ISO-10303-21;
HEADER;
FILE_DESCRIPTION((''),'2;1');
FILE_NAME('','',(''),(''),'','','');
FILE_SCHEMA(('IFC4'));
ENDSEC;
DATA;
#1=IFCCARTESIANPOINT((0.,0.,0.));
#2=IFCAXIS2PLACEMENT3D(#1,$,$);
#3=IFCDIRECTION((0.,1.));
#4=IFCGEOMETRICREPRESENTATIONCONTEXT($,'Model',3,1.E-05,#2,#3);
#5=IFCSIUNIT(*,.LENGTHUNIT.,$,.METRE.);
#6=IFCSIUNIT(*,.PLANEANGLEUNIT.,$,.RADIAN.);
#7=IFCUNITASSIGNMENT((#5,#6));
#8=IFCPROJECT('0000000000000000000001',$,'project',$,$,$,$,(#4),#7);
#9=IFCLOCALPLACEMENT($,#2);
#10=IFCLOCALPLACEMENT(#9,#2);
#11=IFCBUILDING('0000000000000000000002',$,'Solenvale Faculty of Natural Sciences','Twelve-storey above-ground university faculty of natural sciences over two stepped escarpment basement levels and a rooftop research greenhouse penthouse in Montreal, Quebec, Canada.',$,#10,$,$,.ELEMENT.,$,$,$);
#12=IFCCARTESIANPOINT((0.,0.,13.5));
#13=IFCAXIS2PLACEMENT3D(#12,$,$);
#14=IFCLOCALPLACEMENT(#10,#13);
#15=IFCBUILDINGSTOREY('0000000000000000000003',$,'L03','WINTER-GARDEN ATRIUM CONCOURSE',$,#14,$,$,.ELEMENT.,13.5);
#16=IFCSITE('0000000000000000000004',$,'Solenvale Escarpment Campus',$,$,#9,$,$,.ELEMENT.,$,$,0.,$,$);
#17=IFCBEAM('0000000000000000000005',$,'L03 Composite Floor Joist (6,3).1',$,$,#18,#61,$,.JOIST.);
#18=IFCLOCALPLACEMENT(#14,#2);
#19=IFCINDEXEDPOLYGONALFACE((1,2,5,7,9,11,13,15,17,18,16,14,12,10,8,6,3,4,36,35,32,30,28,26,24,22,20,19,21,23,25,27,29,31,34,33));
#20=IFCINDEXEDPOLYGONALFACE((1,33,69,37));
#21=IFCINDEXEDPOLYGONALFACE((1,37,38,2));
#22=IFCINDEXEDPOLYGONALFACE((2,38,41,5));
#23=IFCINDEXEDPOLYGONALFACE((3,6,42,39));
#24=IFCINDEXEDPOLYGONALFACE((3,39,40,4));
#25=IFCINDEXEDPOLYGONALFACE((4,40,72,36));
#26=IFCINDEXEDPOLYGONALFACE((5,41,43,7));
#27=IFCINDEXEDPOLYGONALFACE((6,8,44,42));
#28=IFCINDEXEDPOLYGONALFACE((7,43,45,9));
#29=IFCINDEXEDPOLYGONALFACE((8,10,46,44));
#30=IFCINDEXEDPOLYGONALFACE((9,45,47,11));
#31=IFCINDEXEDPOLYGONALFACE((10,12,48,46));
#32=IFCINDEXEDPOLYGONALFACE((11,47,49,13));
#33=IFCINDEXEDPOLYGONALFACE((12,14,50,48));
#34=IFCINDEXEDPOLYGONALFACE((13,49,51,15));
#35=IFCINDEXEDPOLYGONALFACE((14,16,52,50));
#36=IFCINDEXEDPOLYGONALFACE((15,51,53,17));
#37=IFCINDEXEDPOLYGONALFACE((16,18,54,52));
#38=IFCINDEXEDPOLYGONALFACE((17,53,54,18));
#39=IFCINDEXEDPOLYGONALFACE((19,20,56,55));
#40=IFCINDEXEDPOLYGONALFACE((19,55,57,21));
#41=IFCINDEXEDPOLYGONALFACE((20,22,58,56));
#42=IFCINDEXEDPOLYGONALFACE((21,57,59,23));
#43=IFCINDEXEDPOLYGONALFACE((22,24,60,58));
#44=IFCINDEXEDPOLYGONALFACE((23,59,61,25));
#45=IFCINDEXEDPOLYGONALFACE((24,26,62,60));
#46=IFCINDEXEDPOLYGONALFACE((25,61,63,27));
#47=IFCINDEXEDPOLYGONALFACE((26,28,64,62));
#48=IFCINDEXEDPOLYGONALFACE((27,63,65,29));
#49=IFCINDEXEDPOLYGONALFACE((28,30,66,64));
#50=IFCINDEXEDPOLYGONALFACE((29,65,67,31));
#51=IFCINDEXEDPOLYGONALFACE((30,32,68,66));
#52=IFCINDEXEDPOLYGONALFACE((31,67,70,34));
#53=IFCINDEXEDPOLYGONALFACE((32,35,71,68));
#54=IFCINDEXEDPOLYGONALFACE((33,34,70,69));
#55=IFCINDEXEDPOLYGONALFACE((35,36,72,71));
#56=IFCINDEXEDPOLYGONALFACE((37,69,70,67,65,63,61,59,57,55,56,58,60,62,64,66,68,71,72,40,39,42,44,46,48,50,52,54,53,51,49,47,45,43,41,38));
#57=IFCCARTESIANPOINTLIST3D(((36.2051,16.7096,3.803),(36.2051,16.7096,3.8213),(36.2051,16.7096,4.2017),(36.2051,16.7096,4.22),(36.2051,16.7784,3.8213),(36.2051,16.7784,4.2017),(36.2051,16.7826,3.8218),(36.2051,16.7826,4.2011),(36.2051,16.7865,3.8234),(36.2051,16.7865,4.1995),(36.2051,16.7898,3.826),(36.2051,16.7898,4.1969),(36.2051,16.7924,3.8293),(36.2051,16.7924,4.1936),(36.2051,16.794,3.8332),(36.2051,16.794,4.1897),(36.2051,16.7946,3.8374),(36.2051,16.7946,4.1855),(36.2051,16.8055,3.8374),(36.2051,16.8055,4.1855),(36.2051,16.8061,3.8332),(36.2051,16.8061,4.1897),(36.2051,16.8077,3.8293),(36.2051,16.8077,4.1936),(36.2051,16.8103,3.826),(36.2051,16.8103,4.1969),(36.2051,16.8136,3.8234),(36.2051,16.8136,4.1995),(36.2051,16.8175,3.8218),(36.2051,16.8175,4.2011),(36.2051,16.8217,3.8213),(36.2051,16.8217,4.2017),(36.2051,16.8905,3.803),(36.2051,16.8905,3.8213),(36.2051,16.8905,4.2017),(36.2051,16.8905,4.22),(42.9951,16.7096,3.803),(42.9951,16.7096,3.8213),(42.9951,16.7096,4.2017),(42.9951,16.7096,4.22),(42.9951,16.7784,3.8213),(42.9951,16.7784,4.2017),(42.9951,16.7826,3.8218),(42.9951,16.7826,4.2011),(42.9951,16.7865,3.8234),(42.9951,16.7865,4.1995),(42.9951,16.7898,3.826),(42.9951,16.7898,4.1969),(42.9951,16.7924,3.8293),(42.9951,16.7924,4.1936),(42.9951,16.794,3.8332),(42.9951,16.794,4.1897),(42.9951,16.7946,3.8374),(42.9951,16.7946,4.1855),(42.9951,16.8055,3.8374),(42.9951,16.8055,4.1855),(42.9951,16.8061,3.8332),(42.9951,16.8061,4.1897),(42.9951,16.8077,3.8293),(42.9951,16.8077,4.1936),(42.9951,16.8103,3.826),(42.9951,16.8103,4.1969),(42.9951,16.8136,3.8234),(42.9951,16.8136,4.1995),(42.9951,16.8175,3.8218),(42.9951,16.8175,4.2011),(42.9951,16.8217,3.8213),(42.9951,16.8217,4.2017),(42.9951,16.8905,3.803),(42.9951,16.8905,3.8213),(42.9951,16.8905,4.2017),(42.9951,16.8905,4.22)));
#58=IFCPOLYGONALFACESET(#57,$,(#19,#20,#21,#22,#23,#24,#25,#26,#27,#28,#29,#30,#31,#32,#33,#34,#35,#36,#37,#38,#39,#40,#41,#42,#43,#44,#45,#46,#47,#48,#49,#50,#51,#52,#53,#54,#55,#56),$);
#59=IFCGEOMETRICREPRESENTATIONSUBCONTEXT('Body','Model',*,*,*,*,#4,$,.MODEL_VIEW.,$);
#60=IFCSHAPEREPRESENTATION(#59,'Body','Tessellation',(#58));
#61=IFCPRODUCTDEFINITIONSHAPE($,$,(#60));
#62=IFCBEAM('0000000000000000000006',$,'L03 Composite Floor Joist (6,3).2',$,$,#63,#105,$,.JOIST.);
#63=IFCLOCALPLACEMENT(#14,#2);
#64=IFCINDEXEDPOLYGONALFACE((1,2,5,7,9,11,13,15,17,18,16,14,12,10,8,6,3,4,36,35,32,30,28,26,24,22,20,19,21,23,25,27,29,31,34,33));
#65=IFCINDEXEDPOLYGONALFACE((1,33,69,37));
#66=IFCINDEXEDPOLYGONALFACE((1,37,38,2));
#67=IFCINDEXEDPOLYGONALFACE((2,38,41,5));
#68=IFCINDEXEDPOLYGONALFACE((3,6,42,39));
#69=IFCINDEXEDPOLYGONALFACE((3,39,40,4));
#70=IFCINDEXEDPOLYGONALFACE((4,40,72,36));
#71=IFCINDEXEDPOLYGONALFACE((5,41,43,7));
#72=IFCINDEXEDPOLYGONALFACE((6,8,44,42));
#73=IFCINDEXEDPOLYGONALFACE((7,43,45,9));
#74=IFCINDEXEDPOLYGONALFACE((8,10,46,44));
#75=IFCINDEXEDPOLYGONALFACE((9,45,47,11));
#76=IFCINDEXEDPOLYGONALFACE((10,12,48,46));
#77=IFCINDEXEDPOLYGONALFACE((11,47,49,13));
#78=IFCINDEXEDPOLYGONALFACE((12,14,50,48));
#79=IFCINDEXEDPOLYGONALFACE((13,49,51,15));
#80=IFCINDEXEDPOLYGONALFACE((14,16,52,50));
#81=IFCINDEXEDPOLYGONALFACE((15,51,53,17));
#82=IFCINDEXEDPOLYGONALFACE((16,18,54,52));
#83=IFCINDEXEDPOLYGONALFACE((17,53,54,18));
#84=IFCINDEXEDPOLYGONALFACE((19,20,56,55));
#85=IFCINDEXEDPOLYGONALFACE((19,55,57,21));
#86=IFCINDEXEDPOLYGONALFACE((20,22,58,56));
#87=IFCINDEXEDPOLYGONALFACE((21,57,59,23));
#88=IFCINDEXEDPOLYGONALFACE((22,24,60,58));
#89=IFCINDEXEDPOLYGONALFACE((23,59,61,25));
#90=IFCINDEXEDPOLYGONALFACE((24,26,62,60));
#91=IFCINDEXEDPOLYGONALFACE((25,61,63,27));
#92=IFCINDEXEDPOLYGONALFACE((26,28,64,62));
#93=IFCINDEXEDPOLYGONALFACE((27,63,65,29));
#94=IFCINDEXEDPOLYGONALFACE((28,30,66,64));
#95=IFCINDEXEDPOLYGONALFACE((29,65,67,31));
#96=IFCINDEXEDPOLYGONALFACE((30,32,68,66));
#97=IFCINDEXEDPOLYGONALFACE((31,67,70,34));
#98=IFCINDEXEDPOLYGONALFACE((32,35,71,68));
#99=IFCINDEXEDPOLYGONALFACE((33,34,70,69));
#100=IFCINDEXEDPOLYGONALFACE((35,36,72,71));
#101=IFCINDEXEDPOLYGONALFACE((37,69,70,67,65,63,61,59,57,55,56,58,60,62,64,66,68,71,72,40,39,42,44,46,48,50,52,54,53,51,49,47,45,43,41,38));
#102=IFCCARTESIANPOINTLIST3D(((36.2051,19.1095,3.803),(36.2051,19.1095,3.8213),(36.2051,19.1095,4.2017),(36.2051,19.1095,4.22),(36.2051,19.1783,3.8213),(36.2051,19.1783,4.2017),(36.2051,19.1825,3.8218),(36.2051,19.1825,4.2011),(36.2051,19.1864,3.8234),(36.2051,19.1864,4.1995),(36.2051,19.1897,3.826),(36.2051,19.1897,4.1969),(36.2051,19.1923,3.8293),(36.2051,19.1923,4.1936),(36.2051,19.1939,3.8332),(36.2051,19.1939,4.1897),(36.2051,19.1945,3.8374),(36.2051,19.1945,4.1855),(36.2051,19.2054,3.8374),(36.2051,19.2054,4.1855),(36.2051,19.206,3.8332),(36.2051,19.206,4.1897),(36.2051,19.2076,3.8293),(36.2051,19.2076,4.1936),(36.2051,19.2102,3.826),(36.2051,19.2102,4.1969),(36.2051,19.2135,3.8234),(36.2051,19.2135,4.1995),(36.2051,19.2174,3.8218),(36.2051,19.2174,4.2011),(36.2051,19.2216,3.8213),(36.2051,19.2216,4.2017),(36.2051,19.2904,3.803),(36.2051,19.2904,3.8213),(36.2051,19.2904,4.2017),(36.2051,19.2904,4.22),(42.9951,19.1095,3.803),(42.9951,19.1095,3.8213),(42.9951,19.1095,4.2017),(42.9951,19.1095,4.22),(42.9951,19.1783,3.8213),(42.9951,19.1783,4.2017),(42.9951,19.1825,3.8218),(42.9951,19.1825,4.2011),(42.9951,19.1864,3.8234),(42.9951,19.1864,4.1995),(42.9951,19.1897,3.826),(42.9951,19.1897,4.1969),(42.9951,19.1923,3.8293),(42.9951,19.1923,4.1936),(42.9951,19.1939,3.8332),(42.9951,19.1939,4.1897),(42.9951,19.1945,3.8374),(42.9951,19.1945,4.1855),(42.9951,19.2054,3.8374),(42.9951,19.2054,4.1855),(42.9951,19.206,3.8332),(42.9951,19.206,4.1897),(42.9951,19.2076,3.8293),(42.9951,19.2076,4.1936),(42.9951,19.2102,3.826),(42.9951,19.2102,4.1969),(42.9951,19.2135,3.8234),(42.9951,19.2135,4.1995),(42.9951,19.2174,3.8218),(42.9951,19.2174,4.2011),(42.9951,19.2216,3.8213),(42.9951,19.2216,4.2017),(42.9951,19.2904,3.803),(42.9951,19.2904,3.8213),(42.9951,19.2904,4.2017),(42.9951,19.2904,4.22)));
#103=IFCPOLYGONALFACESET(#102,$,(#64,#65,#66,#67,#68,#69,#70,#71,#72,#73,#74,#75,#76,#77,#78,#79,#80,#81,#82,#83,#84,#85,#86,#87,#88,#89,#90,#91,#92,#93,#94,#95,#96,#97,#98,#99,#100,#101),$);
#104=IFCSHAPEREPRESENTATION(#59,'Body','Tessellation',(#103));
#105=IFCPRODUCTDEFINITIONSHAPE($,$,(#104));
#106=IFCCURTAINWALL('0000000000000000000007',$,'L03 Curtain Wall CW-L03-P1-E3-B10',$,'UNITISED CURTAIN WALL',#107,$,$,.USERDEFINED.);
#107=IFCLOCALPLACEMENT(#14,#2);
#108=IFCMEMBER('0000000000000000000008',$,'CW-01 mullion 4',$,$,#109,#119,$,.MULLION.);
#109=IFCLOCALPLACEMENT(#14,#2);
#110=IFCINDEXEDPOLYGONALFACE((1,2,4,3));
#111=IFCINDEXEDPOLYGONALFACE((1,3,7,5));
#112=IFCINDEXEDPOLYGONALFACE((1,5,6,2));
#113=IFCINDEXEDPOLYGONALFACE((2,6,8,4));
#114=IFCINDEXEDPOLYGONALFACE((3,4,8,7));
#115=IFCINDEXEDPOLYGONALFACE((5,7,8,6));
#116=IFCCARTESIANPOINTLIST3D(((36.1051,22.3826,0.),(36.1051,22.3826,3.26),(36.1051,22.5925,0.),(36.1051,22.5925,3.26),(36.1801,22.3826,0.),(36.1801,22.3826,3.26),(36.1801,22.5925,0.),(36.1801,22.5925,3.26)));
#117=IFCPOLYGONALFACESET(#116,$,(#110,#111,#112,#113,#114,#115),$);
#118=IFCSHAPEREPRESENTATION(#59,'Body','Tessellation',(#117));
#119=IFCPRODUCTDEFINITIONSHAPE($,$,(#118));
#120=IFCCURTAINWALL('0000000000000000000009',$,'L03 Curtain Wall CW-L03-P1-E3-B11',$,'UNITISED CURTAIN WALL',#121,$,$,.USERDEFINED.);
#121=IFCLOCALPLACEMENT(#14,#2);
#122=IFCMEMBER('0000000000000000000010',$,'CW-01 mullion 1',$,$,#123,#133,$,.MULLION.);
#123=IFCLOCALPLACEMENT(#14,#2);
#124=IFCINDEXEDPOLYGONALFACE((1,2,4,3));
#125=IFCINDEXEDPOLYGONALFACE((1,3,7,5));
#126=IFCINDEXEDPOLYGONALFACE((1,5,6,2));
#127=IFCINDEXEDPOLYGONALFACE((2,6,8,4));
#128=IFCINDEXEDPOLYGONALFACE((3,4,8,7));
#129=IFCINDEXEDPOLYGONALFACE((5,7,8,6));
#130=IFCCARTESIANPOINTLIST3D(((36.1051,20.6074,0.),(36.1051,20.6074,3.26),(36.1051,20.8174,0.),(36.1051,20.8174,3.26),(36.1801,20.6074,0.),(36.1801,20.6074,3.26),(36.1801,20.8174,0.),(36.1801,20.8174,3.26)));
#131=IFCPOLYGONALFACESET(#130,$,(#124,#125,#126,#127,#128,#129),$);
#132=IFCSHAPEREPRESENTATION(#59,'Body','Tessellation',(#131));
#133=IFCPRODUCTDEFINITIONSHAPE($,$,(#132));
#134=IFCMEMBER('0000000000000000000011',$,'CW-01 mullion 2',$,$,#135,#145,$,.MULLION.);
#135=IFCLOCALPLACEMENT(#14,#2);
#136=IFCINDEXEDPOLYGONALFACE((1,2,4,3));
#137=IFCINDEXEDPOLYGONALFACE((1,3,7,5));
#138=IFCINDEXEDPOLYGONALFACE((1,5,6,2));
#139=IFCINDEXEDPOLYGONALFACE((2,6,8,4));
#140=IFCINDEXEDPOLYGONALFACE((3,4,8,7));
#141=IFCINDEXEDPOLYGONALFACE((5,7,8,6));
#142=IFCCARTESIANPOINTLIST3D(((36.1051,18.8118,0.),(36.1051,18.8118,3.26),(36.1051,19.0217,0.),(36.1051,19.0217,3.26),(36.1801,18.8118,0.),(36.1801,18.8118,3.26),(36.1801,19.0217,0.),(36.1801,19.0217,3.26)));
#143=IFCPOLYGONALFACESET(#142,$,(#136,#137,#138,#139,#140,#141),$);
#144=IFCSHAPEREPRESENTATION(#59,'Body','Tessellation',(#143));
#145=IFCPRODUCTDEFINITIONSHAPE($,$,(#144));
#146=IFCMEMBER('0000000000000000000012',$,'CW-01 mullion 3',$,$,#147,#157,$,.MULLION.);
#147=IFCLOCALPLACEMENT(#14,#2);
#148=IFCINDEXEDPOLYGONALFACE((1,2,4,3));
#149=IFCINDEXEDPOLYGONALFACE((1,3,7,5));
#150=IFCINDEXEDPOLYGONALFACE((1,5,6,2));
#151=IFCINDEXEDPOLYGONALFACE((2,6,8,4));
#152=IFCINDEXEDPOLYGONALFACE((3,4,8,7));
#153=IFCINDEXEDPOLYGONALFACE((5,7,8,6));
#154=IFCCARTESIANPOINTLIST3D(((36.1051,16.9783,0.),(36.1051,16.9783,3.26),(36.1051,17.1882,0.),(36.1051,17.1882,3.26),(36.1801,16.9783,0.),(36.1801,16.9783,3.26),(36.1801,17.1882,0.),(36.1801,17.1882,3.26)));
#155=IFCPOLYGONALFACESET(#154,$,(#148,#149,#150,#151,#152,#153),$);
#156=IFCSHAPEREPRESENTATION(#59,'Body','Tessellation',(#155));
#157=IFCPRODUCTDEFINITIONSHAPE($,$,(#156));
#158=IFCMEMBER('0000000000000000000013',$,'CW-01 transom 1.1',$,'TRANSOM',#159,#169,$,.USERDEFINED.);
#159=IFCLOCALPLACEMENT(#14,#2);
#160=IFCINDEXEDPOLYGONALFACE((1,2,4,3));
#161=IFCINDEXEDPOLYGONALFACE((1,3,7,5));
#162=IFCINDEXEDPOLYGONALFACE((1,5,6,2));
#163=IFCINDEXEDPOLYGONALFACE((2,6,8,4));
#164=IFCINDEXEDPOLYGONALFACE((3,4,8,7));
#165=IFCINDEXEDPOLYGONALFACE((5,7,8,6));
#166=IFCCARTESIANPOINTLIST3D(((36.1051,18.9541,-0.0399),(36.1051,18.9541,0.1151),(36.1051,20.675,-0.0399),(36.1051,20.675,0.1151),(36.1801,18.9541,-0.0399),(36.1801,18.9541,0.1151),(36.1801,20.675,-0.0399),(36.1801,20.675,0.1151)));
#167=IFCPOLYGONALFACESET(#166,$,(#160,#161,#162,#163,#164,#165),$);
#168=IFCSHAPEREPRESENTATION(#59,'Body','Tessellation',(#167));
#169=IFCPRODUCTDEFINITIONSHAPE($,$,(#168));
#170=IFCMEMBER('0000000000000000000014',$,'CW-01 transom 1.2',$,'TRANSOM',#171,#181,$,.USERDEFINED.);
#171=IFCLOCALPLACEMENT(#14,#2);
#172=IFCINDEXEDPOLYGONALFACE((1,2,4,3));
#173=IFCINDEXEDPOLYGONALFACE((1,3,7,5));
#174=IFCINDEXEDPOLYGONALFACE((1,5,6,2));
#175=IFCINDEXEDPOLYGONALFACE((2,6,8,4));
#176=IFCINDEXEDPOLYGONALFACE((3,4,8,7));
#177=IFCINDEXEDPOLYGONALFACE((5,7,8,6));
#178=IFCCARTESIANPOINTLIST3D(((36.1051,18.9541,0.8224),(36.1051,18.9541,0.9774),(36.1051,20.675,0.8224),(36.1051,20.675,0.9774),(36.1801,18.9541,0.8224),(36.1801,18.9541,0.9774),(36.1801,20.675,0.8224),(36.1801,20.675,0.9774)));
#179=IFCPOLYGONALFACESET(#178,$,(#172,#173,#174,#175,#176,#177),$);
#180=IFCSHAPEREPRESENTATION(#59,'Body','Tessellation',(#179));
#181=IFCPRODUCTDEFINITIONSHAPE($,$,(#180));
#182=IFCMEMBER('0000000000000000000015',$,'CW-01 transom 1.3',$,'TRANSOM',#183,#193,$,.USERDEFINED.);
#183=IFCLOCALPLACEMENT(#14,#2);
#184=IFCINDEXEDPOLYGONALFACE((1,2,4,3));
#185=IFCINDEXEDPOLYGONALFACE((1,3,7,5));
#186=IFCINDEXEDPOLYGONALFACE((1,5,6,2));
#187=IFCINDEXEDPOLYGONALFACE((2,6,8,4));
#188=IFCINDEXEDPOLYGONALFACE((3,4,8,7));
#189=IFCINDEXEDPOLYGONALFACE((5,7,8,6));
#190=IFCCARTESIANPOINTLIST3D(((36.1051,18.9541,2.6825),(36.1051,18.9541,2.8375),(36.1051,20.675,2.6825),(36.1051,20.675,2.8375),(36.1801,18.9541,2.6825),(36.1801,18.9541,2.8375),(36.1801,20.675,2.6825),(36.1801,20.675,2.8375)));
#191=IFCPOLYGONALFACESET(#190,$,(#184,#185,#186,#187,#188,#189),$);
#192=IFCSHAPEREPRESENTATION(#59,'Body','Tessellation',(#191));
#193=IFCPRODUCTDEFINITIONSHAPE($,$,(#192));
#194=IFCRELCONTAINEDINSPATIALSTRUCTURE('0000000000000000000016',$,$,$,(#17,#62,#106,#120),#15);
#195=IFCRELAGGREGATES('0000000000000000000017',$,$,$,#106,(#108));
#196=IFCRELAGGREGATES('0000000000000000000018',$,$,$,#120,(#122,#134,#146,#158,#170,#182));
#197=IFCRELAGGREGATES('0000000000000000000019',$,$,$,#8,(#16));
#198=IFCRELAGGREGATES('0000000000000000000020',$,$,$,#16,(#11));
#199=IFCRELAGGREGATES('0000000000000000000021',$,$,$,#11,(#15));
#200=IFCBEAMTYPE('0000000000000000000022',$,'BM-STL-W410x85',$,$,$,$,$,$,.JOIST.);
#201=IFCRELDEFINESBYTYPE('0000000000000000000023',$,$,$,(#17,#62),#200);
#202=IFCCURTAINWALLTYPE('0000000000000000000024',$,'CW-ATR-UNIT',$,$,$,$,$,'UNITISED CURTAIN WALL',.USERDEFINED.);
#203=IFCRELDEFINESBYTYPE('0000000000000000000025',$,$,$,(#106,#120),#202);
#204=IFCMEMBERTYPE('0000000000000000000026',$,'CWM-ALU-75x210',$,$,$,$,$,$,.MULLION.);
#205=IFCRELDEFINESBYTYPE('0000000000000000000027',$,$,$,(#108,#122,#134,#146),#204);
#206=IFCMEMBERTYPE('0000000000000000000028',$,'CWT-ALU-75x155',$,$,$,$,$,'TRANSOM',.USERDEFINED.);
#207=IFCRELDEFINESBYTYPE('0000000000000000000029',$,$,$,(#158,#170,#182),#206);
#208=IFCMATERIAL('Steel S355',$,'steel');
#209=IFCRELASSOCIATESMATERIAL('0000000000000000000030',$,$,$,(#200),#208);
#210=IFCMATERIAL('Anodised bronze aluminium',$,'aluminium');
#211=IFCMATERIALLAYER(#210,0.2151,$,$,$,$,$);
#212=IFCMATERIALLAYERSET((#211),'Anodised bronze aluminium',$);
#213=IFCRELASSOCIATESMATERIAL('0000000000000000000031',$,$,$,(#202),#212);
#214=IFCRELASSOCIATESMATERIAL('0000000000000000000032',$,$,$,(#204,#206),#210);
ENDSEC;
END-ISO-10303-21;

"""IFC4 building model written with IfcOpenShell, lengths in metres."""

from ifc_helpers import new_model, si_unit, direction, frame, origin, origin_2d, place, context, subcontext, project, spatial, rectangle, i_section, extrude, material, layer, layer_set, material_profile, profile_set, type_object, element, aggregate, save


model = new_model("IFC4")

# Units and contexts
model_context = context("Model", 3, precision=1e-05, world=origin(), true_north=direction((0.0, 1.0)))
body_context = subcontext(model_context, "Body", "Model", "MODEL_VIEW")
ifc_project = project(units=[si_unit("LENGTHUNIT", "METRE"), si_unit("PLANEANGLEUNIT", "RADIAN")], contexts=[model_context])

# Site, building, storey
site_placement = place(None, origin())
site = spatial("IfcSite", under=ifc_project, at=site_placement, Name="Solenvale Escarpment Campus", CompositionType="ELEMENT", RefElevation=0.0)
building_placement = place(site_placement, origin())
building = spatial("IfcBuilding", under=site, at=building_placement, Name="Solenvale Faculty of Natural Sciences", Description="Twelve-storey above-ground university faculty of natural sciences over two stepped escarpment basement levels and a rooftop research greenhouse penthouse in Montreal, Quebec, Canada.", CompositionType="ELEMENT")
storey_placement = place(building_placement, frame((0.0, 0.0, 13.5)))
storey = spatial("IfcBuildingStorey", under=building, at=storey_placement, Name="L03", Description="WINTER-GARDEN ATRIUM CONCOURSE", CompositionType="ELEMENT", Elevation=13.5)

# Beams
ifc_material_1 = material(Name="Steel S355", Category="steel")
ifc_material_profile_1 = material_profile(ifc_material_1, i_section(OverallWidth=0.1809, OverallDepth=0.417, WebThickness=0.011, FlangeThickness=0.0183, FilletRadius=0.0161, at=origin_2d()), Name="W410x85")
ifc_profile_set_1 = profile_set([ifc_material_profile_1], Name="Steel S355")
beam_type = type_object("IfcBeamType", Name="BM-STL-W410x85", PredefinedType="JOIST", material=ifc_profile_set_1)
for number, where, z_axis, x_axis, name in (
    (1, (36.2051, 16.8, 4.0115), (1.0, 0.0, 0.0), (0.0, 1.0, 0.0), "L03 Composite Floor Joist (6,3).1"),
    (2, (36.2051, 19.2, 4.0115), (1.0, 0.0, 0.0), (0.0, 1.0, 0.0), "L03 Composite Floor Joist (6,3).2"),
):
    element("IfcBeam", number, at=place(storey_placement, frame(where, z_axis=z_axis, x_axis=x_axis)), inside=storey, type_object=beam_type, Name=name, PredefinedType="JOIST", context=body_context, shape_type="SweptSolid", body=[
        extrude(i_section(OverallWidth=0.1809, OverallDepth=0.417, WebThickness=0.011, FlangeThickness=0.0183, FilletRadius=0.0161, at=origin_2d()), origin(), (0.0, 0.0, 1.0), 6.79),
    ])

# Curtain wall, member
ifc_material_2 = material(Name="Anodised bronze aluminium", Category="aluminium")
ifc_layer_1 = layer(ifc_material_2, 0.2151)
ifc_layer_set_1 = layer_set([ifc_layer_1], Name="Anodised bronze aluminium")
curtain_wall_type = type_object("IfcCurtainWallType", Name="CW-ATR-UNIT", ElementType="UNITISED CURTAIN WALL", PredefinedType="USERDEFINED", material=ifc_layer_set_1)
curtain_wall_1_placement = place(storey_placement, origin())
curtain_wall_1 = element("IfcCurtainWall", 3, at=curtain_wall_1_placement, inside=storey, type_object=curtain_wall_type, Name="L03 Curtain Wall CW-L03-P1-E3-B10", ObjectType="UNITISED CURTAIN WALL", PredefinedType="USERDEFINED")
ifc_material_profile_2 = material_profile(ifc_material_2, rectangle(XDim=0.075, YDim=0.21, at=origin_2d()), Name="ALU-MUL-75x210")
ifc_profile_set_2 = profile_set([ifc_material_profile_2], Name="Anodised bronze aluminium")
member_type_1 = type_object("IfcMemberType", Name="CWM-ALU-75x210", PredefinedType="MULLION", material=ifc_profile_set_2)
member_1_placement = place(storey_placement, frame((36.1426, 22.4875, 0.0), z_axis=(0.0, 0.0, 1.0), x_axis=(1.0, 0.0, 0.0)))
member_1 = element("IfcMember", 4, at=member_1_placement, type_object=member_type_1, Name="CW-01 mullion 4", PredefinedType="MULLION", context=body_context, shape_type="SweptSolid", body=[
    extrude(rectangle(XDim=0.075, YDim=0.21, at=origin_2d()), origin(), (0.0, 0.0, 1.0), 3.26),
])

# Curtain wall, members
curtain_wall_2_placement = place(storey_placement, origin())
curtain_wall_2 = element("IfcCurtainWall", 5, at=curtain_wall_2_placement, inside=storey, type_object=curtain_wall_type, Name="L03 Curtain Wall CW-L03-P1-E3-B11", ObjectType="UNITISED CURTAIN WALL", PredefinedType="USERDEFINED")
member_2_placement = place(storey_placement, frame((36.1426, 20.7124, 0.0), z_axis=(0.0, 0.0, 1.0), x_axis=(1.0, 0.0, 0.0)))
member_2 = element("IfcMember", 6, at=member_2_placement, type_object=member_type_1, Name="CW-01 mullion 1", PredefinedType="MULLION", context=body_context, shape_type="SweptSolid", body=[
    extrude(rectangle(XDim=0.075, YDim=0.21, at=origin_2d()), origin(), (0.0, 0.0, 1.0), 3.26),
])
member_3_placement = place(storey_placement, frame((36.1426, 18.9167, 0.0), z_axis=(0.0, 0.0, 1.0), x_axis=(1.0, 0.0, 0.0)))
member_3 = element("IfcMember", 7, at=member_3_placement, type_object=member_type_1, Name="CW-01 mullion 2", PredefinedType="MULLION", context=body_context, shape_type="SweptSolid", body=[
    extrude(rectangle(XDim=0.075, YDim=0.21, at=origin_2d()), origin(), (0.0, 0.0, 1.0), 3.26),
])
member_4_placement = place(storey_placement, frame((36.1426, 17.0833, 0.0), z_axis=(0.0, 0.0, 1.0), x_axis=(1.0, 0.0, 0.0)))
member_4 = element("IfcMember", 8, at=member_4_placement, type_object=member_type_1, Name="CW-01 mullion 3", PredefinedType="MULLION", context=body_context, shape_type="SweptSolid", body=[
    extrude(rectangle(XDim=0.075, YDim=0.21, at=origin_2d()), origin(), (0.0, 0.0, 1.0), 3.26),
])
ifc_material_profile_3 = material_profile(ifc_material_2, rectangle(XDim=0.075, YDim=0.155, at=origin_2d()), Name="ALU-TRN-75x155")
ifc_profile_set_3 = profile_set([ifc_material_profile_3], Name="Anodised bronze aluminium")
member_type_2 = type_object("IfcMemberType", Name="CWT-ALU-75x155", ElementType="TRANSOM", PredefinedType="USERDEFINED", material=ifc_profile_set_3)
member_5_placement = place(storey_placement, frame((36.1426, 20.675, 0.0376), z_axis=(0.0, -1.0, 0.0), x_axis=(1.0, 0.0, 0.0)))
member_5 = element("IfcMember", 9, at=member_5_placement, type_object=member_type_2, Name="CW-01 transom 1.1", ObjectType="TRANSOM", PredefinedType="USERDEFINED", context=body_context, shape_type="SweptSolid", body=[
    extrude(rectangle(XDim=0.075, YDim=0.155, at=origin_2d()), origin(), (0.0, 0.0, 1.0), 1.7209),
])
member_6_placement = place(storey_placement, frame((36.1426, 20.675, 0.8999), z_axis=(0.0, -1.0, 0.0), x_axis=(1.0, 0.0, 0.0)))
member_6 = element("IfcMember", 10, at=member_6_placement, type_object=member_type_2, Name="CW-01 transom 1.2", ObjectType="TRANSOM", PredefinedType="USERDEFINED", context=body_context, shape_type="SweptSolid", body=[
    extrude(rectangle(XDim=0.075, YDim=0.155, at=origin_2d()), origin(), (0.0, 0.0, 1.0), 1.7209),
])
member_7_placement = place(storey_placement, frame((36.1426, 20.675, 2.76), z_axis=(0.0, -1.0, 0.0), x_axis=(1.0, 0.0, 0.0)))
member_7 = element("IfcMember", 11, at=member_7_placement, type_object=member_type_2, Name="CW-01 transom 1.3", ObjectType="TRANSOM", PredefinedType="USERDEFINED", context=body_context, shape_type="SweptSolid", body=[
    extrude(rectangle(XDim=0.075, YDim=0.155, at=origin_2d()), origin(), (0.0, 0.0, 1.0), 1.7209),
])

aggregate(curtain_wall_1, [member_1])
aggregate(curtain_wall_2, [member_2, member_3, member_4, member_5, member_6, member_7])

save(model, "model.ifc")
